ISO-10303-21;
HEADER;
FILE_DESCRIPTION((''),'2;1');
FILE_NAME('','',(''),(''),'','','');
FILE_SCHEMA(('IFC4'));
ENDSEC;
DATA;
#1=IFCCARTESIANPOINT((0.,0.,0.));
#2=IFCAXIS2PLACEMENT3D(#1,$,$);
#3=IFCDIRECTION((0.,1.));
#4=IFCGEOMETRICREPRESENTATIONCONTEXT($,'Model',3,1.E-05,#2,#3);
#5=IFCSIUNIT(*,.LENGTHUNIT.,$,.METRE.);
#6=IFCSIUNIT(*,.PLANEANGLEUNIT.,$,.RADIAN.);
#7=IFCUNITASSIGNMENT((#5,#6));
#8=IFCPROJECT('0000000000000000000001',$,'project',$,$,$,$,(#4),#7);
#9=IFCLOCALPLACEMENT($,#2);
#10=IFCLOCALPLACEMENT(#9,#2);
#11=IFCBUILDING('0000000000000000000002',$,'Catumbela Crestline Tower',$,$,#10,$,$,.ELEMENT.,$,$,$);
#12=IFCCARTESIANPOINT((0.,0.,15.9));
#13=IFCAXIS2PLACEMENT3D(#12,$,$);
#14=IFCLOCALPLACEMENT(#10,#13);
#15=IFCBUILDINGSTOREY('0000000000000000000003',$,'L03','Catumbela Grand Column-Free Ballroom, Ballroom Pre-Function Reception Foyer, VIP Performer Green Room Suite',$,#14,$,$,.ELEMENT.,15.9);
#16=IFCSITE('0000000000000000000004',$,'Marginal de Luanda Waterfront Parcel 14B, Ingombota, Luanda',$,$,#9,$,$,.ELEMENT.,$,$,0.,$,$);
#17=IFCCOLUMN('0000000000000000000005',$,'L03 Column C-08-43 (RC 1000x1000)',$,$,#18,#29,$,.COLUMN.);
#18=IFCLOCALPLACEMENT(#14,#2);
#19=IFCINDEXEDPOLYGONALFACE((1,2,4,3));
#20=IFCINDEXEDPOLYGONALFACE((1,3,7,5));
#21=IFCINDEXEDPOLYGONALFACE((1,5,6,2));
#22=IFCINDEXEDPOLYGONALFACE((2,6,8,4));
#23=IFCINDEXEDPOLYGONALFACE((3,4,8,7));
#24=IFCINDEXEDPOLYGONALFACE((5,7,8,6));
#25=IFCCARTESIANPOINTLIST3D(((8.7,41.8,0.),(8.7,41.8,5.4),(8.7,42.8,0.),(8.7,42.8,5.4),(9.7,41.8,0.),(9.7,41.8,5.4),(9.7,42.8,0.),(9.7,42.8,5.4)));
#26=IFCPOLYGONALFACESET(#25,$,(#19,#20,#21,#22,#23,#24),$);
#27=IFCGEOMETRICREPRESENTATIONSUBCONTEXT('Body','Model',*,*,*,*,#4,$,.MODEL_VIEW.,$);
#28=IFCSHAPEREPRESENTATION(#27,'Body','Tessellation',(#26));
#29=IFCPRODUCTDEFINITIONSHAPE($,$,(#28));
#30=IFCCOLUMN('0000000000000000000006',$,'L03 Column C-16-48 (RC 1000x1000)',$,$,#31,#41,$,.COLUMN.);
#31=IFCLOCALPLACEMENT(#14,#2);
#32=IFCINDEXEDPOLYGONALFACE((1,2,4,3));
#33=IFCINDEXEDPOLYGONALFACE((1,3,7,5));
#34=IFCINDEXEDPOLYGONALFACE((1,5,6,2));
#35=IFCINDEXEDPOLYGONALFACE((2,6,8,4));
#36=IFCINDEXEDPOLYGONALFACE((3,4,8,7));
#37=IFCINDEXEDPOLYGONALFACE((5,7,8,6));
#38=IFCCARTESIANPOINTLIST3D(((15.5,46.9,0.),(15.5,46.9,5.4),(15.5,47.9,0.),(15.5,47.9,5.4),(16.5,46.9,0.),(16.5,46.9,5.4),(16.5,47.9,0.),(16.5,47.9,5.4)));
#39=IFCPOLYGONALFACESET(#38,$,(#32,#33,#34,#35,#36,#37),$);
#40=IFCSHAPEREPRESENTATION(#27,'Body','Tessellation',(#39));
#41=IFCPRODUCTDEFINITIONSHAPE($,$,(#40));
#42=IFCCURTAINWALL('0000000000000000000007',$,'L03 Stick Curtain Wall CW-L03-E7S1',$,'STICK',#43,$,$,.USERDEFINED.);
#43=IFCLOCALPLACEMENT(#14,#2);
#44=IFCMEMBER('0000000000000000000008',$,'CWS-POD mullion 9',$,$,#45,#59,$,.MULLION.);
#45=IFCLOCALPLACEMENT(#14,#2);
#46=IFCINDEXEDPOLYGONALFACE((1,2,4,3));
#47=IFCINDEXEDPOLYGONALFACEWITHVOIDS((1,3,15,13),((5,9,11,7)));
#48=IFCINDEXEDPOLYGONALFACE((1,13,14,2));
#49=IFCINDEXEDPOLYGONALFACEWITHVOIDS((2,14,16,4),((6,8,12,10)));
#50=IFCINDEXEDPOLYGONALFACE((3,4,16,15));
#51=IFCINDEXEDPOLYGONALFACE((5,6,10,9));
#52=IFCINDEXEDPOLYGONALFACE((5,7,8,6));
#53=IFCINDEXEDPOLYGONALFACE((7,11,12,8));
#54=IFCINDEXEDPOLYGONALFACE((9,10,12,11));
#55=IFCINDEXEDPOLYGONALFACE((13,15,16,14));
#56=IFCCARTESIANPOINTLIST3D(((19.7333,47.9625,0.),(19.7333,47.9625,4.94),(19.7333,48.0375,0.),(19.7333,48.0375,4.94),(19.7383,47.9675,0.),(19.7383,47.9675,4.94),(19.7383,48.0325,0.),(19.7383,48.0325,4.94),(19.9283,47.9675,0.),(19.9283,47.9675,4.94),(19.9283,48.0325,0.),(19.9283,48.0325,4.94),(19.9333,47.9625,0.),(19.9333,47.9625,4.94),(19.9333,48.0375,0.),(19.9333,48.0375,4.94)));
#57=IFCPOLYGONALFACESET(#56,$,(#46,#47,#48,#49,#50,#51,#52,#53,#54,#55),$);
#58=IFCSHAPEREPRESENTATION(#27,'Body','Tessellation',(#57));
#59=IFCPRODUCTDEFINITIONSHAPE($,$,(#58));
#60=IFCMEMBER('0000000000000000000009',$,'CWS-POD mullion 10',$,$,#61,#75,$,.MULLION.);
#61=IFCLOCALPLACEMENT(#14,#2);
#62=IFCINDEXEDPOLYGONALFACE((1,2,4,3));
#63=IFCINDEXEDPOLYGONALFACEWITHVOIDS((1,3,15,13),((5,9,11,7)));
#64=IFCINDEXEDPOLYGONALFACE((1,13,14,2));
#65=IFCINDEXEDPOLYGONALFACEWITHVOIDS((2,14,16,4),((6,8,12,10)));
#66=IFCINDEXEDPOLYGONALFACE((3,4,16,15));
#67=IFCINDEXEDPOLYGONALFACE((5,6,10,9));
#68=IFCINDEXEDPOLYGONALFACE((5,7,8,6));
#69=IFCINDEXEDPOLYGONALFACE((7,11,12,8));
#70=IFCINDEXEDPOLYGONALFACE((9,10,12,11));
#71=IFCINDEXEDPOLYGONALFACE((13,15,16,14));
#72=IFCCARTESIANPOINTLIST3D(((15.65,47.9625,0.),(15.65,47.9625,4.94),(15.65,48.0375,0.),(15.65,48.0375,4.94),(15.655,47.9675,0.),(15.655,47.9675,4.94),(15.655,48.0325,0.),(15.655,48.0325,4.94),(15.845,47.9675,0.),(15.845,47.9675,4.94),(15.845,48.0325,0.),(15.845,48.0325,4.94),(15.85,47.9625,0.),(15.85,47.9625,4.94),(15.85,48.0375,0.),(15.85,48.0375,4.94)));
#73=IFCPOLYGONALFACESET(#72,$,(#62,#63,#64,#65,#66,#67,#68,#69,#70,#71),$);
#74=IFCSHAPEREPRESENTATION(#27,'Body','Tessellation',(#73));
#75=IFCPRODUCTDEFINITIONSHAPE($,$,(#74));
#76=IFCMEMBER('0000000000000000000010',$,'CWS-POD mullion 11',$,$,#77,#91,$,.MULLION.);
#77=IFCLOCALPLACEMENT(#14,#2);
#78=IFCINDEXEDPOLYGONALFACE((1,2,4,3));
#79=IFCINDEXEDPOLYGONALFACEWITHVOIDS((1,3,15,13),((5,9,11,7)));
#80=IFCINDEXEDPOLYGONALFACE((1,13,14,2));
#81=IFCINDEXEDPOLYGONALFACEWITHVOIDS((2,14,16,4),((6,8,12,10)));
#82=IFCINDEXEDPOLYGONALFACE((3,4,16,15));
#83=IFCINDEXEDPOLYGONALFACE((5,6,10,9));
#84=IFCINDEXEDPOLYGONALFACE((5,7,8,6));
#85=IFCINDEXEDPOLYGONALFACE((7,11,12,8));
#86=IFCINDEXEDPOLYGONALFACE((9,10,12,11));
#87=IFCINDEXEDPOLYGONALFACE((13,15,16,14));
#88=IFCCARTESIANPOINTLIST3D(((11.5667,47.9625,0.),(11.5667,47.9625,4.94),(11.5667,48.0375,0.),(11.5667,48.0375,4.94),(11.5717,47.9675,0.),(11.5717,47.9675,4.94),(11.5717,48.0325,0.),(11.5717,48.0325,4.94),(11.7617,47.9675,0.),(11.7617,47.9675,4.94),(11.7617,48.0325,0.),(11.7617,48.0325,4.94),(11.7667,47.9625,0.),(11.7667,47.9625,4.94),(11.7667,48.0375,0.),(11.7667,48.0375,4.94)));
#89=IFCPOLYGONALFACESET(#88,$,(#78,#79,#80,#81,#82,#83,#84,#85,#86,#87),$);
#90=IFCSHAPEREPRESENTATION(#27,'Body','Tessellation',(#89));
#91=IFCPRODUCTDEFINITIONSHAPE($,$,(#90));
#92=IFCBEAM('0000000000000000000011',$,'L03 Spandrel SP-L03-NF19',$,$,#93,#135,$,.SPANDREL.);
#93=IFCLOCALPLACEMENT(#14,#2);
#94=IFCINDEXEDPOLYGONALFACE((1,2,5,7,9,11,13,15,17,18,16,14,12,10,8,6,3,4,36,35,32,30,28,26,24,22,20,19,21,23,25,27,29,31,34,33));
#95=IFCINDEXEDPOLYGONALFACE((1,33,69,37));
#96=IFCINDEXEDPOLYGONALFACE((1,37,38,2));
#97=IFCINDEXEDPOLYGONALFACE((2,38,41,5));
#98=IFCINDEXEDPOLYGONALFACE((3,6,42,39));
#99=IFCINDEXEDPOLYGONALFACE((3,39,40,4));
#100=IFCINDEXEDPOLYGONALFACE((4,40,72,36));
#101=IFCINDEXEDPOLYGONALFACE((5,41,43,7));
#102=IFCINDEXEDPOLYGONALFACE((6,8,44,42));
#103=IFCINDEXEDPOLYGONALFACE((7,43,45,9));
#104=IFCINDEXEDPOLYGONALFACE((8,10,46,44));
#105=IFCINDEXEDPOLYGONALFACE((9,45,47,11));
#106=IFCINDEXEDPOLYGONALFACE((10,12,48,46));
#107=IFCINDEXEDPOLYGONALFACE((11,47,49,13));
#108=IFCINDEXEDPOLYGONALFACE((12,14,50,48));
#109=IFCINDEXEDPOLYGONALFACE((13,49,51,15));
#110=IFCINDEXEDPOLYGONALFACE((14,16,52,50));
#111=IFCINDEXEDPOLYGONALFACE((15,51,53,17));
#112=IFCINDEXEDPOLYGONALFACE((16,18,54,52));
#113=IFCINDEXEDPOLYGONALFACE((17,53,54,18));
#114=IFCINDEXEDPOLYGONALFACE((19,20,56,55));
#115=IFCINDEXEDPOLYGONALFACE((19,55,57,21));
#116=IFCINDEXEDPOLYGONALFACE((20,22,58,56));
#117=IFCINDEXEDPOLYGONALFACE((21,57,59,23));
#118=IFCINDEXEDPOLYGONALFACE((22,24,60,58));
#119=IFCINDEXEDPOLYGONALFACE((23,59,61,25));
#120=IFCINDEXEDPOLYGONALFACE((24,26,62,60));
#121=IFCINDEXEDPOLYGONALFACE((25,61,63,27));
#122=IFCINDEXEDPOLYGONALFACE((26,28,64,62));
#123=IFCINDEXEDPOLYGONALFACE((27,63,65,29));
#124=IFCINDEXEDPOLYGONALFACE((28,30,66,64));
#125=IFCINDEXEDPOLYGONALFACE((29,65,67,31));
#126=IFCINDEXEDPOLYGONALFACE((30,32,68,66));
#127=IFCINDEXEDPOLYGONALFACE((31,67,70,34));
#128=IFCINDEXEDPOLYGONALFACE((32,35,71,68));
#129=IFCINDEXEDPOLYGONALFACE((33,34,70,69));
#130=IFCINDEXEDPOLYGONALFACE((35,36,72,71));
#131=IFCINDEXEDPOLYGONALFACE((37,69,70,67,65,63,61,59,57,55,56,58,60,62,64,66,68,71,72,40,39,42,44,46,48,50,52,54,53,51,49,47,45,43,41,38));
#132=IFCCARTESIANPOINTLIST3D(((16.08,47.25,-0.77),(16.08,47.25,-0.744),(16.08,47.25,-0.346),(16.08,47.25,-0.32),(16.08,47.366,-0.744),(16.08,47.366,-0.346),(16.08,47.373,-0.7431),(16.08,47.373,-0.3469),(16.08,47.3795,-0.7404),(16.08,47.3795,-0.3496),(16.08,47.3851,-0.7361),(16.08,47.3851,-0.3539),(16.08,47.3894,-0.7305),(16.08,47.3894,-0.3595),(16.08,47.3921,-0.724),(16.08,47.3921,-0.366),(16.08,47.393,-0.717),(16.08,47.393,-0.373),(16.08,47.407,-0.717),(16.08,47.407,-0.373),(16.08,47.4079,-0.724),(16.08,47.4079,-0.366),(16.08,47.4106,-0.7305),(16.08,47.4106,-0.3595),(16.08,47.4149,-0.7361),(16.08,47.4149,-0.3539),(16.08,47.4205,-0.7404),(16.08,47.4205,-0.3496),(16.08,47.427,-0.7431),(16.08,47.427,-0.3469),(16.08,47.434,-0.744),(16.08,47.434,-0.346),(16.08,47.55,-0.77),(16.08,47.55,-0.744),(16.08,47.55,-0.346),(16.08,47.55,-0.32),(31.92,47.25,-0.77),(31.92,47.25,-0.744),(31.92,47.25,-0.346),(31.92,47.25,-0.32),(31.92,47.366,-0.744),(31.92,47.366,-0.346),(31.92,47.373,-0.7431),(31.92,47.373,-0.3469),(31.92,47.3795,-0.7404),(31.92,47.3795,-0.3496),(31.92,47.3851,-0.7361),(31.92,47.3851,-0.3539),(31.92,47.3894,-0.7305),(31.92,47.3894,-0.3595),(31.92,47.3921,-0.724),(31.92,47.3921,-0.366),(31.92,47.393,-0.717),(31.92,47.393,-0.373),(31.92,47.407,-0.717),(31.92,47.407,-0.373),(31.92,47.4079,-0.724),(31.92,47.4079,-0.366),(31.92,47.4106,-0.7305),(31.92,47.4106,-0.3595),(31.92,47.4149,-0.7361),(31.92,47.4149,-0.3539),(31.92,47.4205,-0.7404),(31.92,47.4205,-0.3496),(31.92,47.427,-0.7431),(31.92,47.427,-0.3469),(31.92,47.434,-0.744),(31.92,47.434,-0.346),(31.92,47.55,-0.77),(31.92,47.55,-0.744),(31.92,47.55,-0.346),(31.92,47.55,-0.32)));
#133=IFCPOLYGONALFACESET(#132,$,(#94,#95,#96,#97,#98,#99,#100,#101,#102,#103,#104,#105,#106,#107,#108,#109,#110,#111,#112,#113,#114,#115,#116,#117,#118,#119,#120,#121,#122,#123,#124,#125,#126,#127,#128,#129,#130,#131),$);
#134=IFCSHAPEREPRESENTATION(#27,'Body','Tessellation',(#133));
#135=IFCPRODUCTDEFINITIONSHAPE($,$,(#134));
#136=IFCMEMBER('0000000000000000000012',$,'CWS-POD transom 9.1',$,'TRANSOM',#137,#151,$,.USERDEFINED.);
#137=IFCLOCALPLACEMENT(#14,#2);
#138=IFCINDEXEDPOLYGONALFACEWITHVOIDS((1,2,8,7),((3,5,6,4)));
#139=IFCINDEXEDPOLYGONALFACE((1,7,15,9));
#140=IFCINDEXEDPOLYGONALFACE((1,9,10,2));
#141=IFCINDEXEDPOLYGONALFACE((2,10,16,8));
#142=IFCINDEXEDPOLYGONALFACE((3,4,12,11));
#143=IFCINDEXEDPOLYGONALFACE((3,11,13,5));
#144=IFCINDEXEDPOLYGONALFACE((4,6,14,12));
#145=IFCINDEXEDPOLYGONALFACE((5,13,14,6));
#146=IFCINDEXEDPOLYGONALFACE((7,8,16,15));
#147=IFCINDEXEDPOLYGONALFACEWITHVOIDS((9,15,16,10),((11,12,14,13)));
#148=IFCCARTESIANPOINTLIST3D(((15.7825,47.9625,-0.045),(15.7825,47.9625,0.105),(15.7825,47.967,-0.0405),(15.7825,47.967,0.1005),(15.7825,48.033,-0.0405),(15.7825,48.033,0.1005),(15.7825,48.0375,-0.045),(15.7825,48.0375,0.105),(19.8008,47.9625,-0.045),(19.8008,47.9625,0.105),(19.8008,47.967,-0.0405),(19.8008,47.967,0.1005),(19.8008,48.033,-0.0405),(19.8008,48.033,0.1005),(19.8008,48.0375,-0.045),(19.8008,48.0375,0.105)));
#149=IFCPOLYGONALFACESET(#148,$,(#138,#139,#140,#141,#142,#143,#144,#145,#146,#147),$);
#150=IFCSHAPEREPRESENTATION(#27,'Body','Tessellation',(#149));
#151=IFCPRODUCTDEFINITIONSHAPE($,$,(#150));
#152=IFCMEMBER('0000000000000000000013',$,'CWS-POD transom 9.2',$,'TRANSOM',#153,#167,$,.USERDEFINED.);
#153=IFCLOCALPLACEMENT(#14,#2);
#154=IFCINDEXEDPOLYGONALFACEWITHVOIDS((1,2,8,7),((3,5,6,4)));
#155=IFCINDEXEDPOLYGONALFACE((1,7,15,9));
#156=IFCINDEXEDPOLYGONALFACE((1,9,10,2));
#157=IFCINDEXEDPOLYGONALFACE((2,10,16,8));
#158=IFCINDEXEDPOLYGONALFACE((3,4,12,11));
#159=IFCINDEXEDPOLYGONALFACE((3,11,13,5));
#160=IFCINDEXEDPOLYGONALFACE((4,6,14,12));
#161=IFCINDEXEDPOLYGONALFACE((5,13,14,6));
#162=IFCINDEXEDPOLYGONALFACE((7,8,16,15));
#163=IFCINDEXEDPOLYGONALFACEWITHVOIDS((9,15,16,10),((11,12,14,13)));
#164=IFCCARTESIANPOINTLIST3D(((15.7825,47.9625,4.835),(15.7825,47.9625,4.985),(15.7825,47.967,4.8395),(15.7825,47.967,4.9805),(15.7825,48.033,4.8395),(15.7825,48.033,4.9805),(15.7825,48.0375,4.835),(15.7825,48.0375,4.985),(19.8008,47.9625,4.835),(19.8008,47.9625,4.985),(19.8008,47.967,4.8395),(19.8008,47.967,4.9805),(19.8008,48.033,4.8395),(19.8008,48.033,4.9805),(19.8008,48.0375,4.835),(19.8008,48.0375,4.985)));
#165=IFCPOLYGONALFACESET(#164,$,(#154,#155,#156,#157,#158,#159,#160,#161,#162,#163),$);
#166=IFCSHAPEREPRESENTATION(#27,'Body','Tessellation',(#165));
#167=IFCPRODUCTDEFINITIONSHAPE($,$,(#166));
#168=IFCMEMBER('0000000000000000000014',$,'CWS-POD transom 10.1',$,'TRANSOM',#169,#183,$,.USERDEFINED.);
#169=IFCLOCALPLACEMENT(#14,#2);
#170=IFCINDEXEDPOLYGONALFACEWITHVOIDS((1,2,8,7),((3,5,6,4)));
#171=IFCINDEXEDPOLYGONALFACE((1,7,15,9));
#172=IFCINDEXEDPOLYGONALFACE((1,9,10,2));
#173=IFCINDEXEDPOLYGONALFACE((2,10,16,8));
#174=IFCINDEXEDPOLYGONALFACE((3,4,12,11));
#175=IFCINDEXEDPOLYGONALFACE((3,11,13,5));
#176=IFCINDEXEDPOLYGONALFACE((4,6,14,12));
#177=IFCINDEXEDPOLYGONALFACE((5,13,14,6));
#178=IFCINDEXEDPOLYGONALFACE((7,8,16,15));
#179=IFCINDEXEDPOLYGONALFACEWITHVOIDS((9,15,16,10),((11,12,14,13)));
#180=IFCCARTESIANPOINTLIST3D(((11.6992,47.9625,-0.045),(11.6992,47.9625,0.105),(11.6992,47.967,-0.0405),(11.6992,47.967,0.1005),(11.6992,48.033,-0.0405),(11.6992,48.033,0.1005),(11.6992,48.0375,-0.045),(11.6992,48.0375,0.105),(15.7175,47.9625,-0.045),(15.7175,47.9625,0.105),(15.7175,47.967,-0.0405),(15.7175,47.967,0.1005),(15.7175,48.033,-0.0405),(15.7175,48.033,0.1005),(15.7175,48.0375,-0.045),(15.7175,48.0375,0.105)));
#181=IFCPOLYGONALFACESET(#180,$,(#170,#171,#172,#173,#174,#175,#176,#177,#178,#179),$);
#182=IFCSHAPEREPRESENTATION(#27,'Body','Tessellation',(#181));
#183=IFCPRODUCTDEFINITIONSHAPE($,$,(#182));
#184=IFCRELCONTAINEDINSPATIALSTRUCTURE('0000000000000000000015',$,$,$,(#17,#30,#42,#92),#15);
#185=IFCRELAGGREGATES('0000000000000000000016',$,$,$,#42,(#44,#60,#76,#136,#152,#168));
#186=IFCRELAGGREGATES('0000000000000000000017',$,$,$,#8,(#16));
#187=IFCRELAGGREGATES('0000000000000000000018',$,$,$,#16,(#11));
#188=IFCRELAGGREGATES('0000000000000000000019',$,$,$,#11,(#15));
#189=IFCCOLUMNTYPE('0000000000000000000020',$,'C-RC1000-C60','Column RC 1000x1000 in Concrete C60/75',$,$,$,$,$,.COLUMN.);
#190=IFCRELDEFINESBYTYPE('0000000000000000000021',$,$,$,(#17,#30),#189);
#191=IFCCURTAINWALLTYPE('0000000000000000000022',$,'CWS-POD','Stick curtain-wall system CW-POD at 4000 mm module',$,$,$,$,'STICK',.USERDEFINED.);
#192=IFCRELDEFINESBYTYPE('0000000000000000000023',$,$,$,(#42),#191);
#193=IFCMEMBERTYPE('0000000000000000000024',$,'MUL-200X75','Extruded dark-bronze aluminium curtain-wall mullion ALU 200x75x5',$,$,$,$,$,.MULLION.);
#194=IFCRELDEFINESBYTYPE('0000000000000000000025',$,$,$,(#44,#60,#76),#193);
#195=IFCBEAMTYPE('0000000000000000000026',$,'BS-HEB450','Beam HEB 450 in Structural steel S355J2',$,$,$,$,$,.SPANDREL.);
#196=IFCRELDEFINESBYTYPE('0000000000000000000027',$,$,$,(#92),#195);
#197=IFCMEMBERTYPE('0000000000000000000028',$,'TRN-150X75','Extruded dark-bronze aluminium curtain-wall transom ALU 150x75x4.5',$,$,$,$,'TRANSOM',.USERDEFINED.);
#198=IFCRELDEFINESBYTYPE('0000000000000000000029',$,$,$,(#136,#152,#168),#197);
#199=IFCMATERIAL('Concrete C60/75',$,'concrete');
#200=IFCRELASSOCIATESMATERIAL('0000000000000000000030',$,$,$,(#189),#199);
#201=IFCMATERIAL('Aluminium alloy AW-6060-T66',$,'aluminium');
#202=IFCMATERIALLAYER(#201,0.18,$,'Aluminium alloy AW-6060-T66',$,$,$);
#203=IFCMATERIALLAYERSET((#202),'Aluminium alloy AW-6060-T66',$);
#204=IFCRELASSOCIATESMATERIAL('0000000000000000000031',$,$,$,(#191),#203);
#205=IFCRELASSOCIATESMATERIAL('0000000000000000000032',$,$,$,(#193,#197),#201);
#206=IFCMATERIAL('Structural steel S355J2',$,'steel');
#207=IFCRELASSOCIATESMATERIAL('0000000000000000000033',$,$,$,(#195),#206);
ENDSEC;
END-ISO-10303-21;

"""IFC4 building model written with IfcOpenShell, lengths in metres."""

from ifc_helpers import new_model, si_unit, direction, frame, origin, origin_2d, place, context, subcontext, project, spatial, rectangle, hollow_rectangle, i_section, extrude, material, layer, layer_set, material_profile, profile_set, type_object, element, aggregate, save


model = new_model("IFC4")

# Units and contexts
model_context = context("Model", 3, precision=1e-05, world=origin(), true_north=direction((0.0, 1.0)))
body_context = subcontext(model_context, "Body", "Model", "MODEL_VIEW")
ifc_project = project(units=[si_unit("LENGTHUNIT", "METRE"), si_unit("PLANEANGLEUNIT", "RADIAN")], contexts=[model_context])

# Site, building, storey
site_placement = place(None, origin())
site = spatial("IfcSite", under=ifc_project, at=site_placement, Name="Marginal de Luanda Waterfront Parcel 14B, Ingombota, Luanda", CompositionType="ELEMENT", RefElevation=0.0)
building_placement = place(site_placement, origin())
building = spatial("IfcBuilding", under=site, at=building_placement, Name="Catumbela Crestline Tower", CompositionType="ELEMENT")
storey_placement = place(building_placement, frame((0.0, 0.0, 15.9)))
storey = spatial("IfcBuildingStorey", under=building, at=storey_placement, Name="L03", Description="Catumbela Grand Column-Free Ballroom, Ballroom Pre-Function Reception Foyer, VIP Performer Green Room Suite", CompositionType="ELEMENT", Elevation=15.9)

# Columns
ifc_material_1 = material(Name="Concrete C60/75", Category="concrete")
ifc_material_profile_1 = material_profile(ifc_material_1, rectangle(XDim=1.0, YDim=1.0, at=origin_2d()), Name="RC 1000x1000")
ifc_profile_set_1 = profile_set([ifc_material_profile_1], Name="Concrete C60/75")
column_type = type_object("IfcColumnType", Name="C-RC1000-C60", Description="Column RC 1000x1000 in Concrete C60/75", PredefinedType="COLUMN", material=ifc_profile_set_1)
for number, where, z_axis, x_axis, name in (
    (1, (9.2, 42.3, 0.0), (0.0, 0.0, 1.0), (1.0, 0.0, 0.0), "L03 Column C-08-43 (RC 1000x1000)"),
    (2, (16.0, 47.4, 0.0), (0.0, 0.0, 1.0), (1.0, 0.0, 0.0), "L03 Column C-16-48 (RC 1000x1000)"),
):
    element("IfcColumn", number, at=place(storey_placement, frame(where, z_axis=z_axis, x_axis=x_axis)), inside=storey, type_object=column_type, Name=name, PredefinedType="COLUMN", context=body_context, shape_type="SweptSolid", body=[
        extrude(rectangle(XDim=1.0, YDim=1.0, at=origin_2d()), origin(), (0.0, 0.0, 1.0), 5.4),
    ])

# Curtain wall, members
ifc_material_2 = material(Name="Aluminium alloy AW-6060-T66", Category="aluminium")
ifc_layer_1 = layer(ifc_material_2, 0.18, Name="Aluminium alloy AW-6060-T66")
ifc_layer_set_1 = layer_set([ifc_layer_1], Name="Aluminium alloy AW-6060-T66")
curtain_wall_type = type_object("IfcCurtainWallType", Name="CWS-POD", Description="Stick curtain-wall system CW-POD at 4000 mm module", ElementType="STICK", PredefinedType="USERDEFINED", material=ifc_layer_set_1)
curtain_wall_placement = place(storey_placement, origin())
curtain_wall = element("IfcCurtainWall", 3, at=curtain_wall_placement, inside=storey, type_object=curtain_wall_type, Name="L03 Stick Curtain Wall CW-L03-E7S1", ObjectType="STICK", PredefinedType="USERDEFINED")
ifc_material_profile_2 = material_profile(ifc_material_2, hollow_rectangle(XDim=0.075, YDim=0.2, WallThickness=0.005, at=origin_2d()), Name="ALU 200x75x5")
ifc_profile_set_2 = profile_set([ifc_material_profile_2], Name="Aluminium alloy AW-6060-T66")
member_type_1 = type_object("IfcMemberType", Name="MUL-200X75", Description="Extruded dark-bronze aluminium curtain-wall mullion ALU 200x75x5", PredefinedType="MULLION", material=ifc_profile_set_2)
member_1_placement = place(storey_placement, frame((19.8333, 48.0, 0.0), z_axis=(0.0, 0.0, 1.0), x_axis=(0.0, -1.0, 0.0)))
member_1 = element("IfcMember", 4, at=member_1_placement, type_object=member_type_1, Name="CWS-POD mullion 9", PredefinedType="MULLION", context=body_context, shape_type="SweptSolid", body=[
    extrude(hollow_rectangle(XDim=0.075, YDim=0.2, WallThickness=0.005, at=origin_2d()), origin(), (0.0, 0.0, 1.0), 4.94),
])
member_2_placement = place(storey_placement, frame((15.75, 48.0, 0.0), z_axis=(0.0, 0.0, 1.0), x_axis=(0.0, -1.0, 0.0)))
member_2 = element("IfcMember", 5, at=member_2_placement, type_object=member_type_1, Name="CWS-POD mullion 10", PredefinedType="MULLION", context=body_context, shape_type="SweptSolid", body=[
    extrude(hollow_rectangle(XDim=0.075, YDim=0.2, WallThickness=0.005, at=origin_2d()), origin(), (0.0, 0.0, 1.0), 4.94),
])
member_3_placement = place(storey_placement, frame((11.6667, 48.0, 0.0), z_axis=(0.0, 0.0, 1.0), x_axis=(0.0, -1.0, 0.0)))
member_3 = element("IfcMember", 6, at=member_3_placement, type_object=member_type_1, Name="CWS-POD mullion 11", PredefinedType="MULLION", context=body_context, shape_type="SweptSolid", body=[
    extrude(hollow_rectangle(XDim=0.075, YDim=0.2, WallThickness=0.005, at=origin_2d()), origin(), (0.0, 0.0, 1.0), 4.94),
])

# Beam
ifc_material_3 = material(Name="Structural steel S355J2", Category="steel")
ifc_material_profile_3 = material_profile(ifc_material_3, i_section(OverallWidth=0.3, OverallDepth=0.45, WebThickness=0.014, FlangeThickness=0.026, FilletRadius=0.027, at=origin_2d()), Name="HEB 450")
ifc_profile_set_3 = profile_set([ifc_material_profile_3], Name="Structural steel S355J2")
beam_type = type_object("IfcBeamType", Name="BS-HEB450", Description="Beam HEB 450 in Structural steel S355J2", PredefinedType="SPANDREL", material=ifc_profile_set_3)
beam_placement = place(storey_placement, frame((16.08, 47.4, -0.545), z_axis=(1.0, 0.0, 0.0), x_axis=(0.0, 1.0, 0.0)))
element("IfcBeam", 7, at=beam_placement, inside=storey, type_object=beam_type, Name="L03 Spandrel SP-L03-NF19", PredefinedType="SPANDREL", context=body_context, shape_type="SweptSolid", body=[
    extrude(i_section(OverallWidth=0.3, OverallDepth=0.45, WebThickness=0.014, FlangeThickness=0.026, FilletRadius=0.027, at=origin_2d()), origin(), (0.0, 0.0, 1.0), 15.84),
])

# Members
ifc_material_profile_4 = material_profile(ifc_material_2, hollow_rectangle(XDim=0.075, YDim=0.15, WallThickness=0.0045, at=origin_2d()), Name="ALU 150x75x4.5")
ifc_profile_set_4 = profile_set([ifc_material_profile_4], Name="Aluminium alloy AW-6060-T66")
member_type_2 = type_object("IfcMemberType", Name="TRN-150X75", Description="Extruded dark-bronze aluminium curtain-wall transom ALU 150x75x4.5", ElementType="TRANSOM", PredefinedType="USERDEFINED", material=ifc_profile_set_4)
member_4_placement = place(storey_placement, frame((19.8008, 48.0, 0.03), z_axis=(-1.0, 0.0, 0.0), x_axis=(0.0, -1.0, 0.0)))
member_4 = element("IfcMember", 8, at=member_4_placement, type_object=member_type_2, Name="CWS-POD transom 9.1", ObjectType="TRANSOM", PredefinedType="USERDEFINED", context=body_context, shape_type="SweptSolid", body=[
    extrude(hollow_rectangle(XDim=0.075, YDim=0.15, WallThickness=0.0045, at=origin_2d()), origin(), (0.0, 0.0, 1.0), 4.0183),
])
member_5_placement = place(storey_placement, frame((19.8008, 48.0, 4.91), z_axis=(-1.0, 0.0, 0.0), x_axis=(0.0, -1.0, 0.0)))
member_5 = element("IfcMember", 9, at=member_5_placement, type_object=member_type_2, Name="CWS-POD transom 9.2", ObjectType="TRANSOM", PredefinedType="USERDEFINED", context=body_context, shape_type="SweptSolid", body=[
    extrude(hollow_rectangle(XDim=0.075, YDim=0.15, WallThickness=0.0045, at=origin_2d()), origin(), (0.0, 0.0, 1.0), 4.0183),
])
member_6_placement = place(storey_placement, frame((15.7175, 48.0, 0.03), z_axis=(-1.0, 0.0, 0.0), x_axis=(0.0, -1.0, 0.0)))
member_6 = element("IfcMember", 10, at=member_6_placement, type_object=member_type_2, Name="CWS-POD transom 10.1", ObjectType="TRANSOM", PredefinedType="USERDEFINED", context=body_context, shape_type="SweptSolid", body=[
    extrude(hollow_rectangle(XDim=0.075, YDim=0.15, WallThickness=0.0045, at=origin_2d()), origin(), (0.0, 0.0, 1.0), 4.0183),
])

aggregate(curtain_wall, [member_1, member_2, member_3, member_4, member_5, member_6])

save(model, "model.ifc")
